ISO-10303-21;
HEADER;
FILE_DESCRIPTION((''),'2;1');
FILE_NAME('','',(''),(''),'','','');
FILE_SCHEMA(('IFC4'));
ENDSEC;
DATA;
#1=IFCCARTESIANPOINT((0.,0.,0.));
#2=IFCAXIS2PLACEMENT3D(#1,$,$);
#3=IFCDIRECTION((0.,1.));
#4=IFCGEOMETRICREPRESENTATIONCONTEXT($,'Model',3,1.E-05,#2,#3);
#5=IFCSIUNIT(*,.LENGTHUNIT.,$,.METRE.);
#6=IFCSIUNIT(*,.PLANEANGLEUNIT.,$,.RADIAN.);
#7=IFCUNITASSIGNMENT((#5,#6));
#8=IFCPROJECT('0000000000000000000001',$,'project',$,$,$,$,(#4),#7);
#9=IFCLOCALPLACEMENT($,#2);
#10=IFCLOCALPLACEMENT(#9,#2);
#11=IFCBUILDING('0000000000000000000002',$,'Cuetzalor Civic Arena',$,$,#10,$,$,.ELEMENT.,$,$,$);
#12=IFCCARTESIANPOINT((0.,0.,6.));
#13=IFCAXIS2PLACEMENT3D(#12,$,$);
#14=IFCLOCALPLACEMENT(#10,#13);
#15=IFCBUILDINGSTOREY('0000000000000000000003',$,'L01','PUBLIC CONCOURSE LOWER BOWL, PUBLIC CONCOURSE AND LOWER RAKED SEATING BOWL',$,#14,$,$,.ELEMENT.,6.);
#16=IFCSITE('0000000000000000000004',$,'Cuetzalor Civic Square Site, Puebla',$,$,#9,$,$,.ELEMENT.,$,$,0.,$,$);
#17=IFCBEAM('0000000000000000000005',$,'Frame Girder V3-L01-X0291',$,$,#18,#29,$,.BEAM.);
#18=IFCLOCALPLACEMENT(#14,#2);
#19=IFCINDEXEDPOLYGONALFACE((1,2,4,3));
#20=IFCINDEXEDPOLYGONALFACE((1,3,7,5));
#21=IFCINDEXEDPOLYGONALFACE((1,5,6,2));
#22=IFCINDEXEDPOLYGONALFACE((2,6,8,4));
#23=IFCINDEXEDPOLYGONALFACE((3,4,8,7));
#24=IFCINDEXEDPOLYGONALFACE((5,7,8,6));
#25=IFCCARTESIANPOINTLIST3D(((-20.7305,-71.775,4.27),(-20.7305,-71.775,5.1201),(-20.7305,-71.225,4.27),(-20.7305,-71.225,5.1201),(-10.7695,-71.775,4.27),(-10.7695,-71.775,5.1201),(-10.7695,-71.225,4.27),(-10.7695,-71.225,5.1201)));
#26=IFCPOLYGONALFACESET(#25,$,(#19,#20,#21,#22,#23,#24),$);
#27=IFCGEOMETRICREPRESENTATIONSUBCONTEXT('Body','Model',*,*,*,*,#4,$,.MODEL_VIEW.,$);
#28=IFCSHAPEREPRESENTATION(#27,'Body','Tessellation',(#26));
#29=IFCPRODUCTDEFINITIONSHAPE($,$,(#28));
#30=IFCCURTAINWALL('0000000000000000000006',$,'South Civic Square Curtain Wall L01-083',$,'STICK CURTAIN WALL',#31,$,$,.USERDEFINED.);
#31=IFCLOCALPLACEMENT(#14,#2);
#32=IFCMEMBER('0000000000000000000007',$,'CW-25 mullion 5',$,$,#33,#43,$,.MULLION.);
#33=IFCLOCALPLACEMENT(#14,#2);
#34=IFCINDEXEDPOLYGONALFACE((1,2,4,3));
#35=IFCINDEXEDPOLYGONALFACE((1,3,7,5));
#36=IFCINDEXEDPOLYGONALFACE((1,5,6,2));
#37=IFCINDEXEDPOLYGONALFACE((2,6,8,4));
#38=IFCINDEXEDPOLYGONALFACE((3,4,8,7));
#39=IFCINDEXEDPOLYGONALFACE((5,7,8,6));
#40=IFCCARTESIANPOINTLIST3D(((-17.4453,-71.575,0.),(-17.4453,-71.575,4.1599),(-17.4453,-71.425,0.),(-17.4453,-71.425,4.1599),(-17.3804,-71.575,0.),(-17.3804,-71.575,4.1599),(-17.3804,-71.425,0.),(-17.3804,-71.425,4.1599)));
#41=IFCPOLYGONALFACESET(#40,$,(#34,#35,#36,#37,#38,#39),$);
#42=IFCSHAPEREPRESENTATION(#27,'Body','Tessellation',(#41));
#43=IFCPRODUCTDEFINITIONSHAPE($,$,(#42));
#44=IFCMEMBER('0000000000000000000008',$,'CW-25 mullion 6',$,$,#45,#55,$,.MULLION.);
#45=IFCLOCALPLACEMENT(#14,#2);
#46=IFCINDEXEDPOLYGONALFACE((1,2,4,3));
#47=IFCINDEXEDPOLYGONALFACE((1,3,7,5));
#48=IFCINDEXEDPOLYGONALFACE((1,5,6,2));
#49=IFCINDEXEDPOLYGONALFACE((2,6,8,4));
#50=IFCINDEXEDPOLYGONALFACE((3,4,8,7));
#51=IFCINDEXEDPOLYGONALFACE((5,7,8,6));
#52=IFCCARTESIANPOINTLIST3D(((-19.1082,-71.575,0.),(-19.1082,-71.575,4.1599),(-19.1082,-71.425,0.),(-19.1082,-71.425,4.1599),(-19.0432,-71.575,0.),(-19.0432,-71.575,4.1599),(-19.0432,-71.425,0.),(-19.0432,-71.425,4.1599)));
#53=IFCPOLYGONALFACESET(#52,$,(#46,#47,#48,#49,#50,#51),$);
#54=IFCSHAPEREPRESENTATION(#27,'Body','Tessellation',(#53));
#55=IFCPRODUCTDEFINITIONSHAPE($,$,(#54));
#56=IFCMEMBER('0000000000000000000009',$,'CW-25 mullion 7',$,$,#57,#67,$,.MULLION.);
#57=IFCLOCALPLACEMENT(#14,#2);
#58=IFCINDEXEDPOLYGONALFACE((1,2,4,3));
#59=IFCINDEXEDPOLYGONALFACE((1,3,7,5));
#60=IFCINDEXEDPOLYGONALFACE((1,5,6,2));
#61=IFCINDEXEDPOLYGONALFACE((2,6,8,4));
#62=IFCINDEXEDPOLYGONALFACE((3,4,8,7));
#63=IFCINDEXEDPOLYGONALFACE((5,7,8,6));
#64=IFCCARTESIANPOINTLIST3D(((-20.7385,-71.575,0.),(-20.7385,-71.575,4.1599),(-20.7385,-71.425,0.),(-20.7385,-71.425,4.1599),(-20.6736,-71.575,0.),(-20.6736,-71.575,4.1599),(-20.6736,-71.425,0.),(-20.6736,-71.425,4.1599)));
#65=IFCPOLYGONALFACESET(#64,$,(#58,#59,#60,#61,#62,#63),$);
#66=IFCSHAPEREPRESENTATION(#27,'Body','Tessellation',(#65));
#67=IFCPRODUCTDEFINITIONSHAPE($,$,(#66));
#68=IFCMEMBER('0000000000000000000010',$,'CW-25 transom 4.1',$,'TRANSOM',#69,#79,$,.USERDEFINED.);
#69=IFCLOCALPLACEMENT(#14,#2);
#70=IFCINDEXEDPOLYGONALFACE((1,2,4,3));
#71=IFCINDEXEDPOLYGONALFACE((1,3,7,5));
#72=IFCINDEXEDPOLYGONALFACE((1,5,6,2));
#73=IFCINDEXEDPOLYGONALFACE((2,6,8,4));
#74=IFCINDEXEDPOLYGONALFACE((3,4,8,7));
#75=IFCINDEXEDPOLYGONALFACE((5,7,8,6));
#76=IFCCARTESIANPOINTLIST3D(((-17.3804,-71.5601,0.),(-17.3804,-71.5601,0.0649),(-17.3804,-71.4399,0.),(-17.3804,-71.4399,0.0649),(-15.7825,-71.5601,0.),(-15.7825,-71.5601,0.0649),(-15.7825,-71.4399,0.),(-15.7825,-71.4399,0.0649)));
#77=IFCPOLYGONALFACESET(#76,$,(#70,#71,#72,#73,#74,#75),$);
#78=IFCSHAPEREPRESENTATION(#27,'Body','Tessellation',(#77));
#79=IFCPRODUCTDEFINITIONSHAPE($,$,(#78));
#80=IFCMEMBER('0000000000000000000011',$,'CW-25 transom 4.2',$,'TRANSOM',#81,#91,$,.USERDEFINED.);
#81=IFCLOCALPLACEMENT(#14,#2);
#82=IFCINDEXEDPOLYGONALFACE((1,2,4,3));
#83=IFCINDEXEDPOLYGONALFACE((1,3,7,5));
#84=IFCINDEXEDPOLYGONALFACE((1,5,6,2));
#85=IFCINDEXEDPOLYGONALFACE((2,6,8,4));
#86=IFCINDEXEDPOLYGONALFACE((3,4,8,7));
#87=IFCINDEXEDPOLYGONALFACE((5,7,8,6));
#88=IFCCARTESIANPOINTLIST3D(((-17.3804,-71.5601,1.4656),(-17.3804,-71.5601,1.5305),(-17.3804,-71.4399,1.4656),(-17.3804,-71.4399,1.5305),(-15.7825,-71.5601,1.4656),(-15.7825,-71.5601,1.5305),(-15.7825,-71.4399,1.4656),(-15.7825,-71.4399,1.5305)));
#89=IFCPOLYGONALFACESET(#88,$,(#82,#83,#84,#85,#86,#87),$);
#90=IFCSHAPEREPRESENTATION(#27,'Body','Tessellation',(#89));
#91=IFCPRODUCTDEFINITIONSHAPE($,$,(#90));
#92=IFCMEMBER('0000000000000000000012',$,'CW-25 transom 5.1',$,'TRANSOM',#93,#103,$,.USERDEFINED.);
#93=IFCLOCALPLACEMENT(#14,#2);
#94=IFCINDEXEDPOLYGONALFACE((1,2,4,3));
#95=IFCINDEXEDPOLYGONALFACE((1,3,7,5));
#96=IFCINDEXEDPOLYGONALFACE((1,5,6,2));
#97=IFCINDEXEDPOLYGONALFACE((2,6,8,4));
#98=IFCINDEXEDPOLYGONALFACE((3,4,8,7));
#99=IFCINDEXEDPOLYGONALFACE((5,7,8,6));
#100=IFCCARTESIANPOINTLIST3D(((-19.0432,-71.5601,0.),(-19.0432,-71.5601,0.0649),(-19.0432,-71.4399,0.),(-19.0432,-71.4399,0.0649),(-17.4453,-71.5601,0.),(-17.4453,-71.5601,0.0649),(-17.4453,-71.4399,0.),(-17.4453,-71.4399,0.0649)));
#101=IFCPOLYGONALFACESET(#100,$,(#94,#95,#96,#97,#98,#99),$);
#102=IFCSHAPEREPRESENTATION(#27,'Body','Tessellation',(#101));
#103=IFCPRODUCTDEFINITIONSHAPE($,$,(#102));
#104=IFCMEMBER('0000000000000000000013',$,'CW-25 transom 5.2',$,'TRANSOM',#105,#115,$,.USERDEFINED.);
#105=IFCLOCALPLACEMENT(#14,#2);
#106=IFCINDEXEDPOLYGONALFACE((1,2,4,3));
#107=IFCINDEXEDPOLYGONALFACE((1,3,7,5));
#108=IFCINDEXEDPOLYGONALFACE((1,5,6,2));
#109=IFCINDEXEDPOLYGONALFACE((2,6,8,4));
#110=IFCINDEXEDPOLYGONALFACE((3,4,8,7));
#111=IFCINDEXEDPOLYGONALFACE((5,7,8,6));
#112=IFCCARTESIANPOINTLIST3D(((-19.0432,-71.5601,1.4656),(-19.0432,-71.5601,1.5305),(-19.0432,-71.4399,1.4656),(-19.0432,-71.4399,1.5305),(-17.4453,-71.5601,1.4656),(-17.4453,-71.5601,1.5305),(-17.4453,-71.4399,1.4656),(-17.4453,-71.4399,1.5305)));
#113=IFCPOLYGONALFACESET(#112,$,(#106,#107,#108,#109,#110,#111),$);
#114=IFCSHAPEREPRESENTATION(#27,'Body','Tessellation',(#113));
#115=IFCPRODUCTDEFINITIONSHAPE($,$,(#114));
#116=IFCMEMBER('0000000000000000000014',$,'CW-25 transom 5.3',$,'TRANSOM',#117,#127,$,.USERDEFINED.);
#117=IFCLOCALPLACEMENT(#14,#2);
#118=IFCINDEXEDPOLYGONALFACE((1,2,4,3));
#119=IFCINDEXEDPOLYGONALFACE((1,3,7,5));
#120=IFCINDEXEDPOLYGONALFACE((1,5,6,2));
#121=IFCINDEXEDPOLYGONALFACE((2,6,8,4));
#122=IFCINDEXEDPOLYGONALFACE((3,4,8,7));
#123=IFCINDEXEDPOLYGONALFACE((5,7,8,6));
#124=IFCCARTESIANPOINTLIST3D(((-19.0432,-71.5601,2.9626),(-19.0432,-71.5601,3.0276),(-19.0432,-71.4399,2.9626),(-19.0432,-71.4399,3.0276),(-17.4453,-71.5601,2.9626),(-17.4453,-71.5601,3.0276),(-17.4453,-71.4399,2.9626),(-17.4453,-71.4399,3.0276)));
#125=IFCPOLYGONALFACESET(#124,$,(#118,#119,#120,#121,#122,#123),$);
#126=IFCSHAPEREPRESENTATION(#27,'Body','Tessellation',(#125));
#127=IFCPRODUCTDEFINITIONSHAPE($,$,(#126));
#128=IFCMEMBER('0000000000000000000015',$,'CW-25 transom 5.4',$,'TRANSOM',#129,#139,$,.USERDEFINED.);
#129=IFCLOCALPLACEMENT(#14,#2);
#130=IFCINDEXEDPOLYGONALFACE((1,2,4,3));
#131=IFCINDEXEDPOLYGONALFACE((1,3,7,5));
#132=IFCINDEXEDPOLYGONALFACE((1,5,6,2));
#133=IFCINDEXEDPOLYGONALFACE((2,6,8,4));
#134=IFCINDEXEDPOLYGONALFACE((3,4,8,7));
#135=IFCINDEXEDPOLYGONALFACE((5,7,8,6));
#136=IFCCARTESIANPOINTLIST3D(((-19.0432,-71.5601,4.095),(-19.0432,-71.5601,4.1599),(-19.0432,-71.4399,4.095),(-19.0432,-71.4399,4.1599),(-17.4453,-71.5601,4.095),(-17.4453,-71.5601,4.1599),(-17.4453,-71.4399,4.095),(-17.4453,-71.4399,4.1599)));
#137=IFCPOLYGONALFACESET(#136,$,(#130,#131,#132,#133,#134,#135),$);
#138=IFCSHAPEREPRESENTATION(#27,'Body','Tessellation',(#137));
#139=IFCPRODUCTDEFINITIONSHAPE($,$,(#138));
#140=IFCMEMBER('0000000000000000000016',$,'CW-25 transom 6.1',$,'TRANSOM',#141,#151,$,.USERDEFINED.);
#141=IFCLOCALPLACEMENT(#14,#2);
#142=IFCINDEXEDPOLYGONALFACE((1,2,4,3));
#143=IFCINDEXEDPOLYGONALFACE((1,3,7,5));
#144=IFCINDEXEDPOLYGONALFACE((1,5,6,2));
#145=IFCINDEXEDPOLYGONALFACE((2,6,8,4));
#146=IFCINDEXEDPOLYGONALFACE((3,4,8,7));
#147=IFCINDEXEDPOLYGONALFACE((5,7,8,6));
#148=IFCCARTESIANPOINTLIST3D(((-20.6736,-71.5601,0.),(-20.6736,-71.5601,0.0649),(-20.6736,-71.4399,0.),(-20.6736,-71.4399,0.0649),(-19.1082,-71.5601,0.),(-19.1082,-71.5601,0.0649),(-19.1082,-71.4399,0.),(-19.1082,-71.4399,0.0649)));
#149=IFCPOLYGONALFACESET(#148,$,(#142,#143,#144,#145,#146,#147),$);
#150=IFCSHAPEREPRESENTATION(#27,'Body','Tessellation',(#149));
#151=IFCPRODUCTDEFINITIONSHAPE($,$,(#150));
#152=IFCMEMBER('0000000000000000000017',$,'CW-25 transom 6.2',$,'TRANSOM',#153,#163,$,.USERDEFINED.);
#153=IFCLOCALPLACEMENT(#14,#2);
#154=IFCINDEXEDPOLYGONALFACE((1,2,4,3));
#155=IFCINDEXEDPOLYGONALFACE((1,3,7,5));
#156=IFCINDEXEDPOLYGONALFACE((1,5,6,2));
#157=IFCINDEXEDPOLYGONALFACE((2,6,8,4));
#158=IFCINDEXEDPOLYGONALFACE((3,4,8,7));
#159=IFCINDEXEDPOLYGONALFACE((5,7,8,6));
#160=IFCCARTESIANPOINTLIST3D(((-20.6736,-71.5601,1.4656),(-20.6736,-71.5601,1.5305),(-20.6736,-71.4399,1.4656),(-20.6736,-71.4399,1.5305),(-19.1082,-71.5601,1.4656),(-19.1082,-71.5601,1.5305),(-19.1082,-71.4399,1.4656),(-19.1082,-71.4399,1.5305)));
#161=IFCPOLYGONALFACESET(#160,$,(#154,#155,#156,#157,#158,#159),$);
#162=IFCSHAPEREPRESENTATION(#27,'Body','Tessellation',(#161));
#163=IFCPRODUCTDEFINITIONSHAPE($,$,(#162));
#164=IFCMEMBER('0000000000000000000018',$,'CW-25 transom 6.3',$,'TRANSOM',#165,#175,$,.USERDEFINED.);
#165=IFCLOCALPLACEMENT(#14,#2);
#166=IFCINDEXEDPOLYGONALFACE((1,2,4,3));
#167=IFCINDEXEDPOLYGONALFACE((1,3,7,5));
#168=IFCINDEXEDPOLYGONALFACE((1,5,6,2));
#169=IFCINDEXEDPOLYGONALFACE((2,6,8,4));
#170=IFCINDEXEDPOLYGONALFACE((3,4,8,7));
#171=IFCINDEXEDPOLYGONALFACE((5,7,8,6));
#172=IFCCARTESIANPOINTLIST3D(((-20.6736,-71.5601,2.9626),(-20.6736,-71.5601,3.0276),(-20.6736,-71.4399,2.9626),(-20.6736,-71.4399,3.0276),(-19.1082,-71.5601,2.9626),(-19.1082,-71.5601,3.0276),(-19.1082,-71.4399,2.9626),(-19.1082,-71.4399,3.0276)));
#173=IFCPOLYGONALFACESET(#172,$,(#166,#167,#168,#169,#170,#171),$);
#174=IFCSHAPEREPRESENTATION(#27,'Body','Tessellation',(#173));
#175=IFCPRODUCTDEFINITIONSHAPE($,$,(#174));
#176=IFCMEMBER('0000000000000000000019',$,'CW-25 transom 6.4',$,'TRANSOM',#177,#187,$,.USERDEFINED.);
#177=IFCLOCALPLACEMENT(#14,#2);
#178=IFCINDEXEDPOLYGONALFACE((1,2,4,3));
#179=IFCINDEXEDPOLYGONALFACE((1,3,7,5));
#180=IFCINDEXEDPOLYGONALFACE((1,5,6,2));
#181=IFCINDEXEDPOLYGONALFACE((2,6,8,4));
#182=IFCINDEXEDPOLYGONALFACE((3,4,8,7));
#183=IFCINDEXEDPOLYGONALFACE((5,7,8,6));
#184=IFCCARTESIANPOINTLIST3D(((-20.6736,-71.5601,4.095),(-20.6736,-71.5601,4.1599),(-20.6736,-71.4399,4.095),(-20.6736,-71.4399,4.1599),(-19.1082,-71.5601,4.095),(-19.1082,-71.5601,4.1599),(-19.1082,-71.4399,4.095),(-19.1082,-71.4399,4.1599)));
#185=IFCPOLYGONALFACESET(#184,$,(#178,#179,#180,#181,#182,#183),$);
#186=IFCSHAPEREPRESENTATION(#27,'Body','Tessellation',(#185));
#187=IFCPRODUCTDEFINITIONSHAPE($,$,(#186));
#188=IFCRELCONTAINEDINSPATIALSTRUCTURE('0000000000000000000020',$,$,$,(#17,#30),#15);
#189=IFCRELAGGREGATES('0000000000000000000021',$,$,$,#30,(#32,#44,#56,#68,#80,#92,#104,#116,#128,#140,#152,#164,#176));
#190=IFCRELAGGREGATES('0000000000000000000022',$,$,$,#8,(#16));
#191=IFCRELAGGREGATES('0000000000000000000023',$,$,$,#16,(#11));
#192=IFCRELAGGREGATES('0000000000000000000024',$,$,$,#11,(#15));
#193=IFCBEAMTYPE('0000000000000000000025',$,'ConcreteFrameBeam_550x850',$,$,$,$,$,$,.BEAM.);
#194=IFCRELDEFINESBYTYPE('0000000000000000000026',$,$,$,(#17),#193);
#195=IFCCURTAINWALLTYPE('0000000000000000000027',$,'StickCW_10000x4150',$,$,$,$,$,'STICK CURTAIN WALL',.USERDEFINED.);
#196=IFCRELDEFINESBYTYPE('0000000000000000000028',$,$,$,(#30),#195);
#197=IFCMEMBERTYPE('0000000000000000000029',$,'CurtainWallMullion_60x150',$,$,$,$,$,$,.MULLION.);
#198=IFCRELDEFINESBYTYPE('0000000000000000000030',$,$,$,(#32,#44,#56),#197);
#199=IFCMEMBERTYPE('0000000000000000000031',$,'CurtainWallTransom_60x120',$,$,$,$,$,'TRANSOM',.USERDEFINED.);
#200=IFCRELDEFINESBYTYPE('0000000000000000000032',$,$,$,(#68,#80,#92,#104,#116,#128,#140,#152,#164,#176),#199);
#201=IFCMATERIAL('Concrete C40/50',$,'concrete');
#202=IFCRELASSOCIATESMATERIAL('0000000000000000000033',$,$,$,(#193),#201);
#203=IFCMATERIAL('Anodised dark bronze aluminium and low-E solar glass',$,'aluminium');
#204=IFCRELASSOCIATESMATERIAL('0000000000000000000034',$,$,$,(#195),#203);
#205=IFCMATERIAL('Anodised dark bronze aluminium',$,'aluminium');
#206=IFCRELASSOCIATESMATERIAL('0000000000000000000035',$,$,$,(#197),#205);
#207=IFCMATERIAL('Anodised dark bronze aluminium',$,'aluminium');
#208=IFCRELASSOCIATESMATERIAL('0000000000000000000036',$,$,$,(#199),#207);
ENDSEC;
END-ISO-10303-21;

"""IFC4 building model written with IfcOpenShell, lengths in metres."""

from ifc_helpers import new_model, si_unit, direction, frame, origin, origin_2d, place, context, subcontext, project, spatial, rectangle, extrude, material, material_profile, profile_set, type_object, element, aggregate, save


model = new_model("IFC4")

# Units and contexts
model_context = context("Model", 3, precision=1e-05, world=origin(), true_north=direction((0.0, 1.0)))
body_context = subcontext(model_context, "Body", "Model", "MODEL_VIEW")
ifc_project = project(units=[si_unit("LENGTHUNIT", "METRE"), si_unit("PLANEANGLEUNIT", "RADIAN")], contexts=[model_context])

# Site, building, storey
site_placement = place(None, origin())
site = spatial("IfcSite", under=ifc_project, at=site_placement, Name="Cuetzalor Civic Square Site, Puebla", CompositionType="ELEMENT", RefElevation=0.0)
building_placement = place(site_placement, origin())
building = spatial("IfcBuilding", under=site, at=building_placement, Name="Cuetzalor Civic Arena", CompositionType="ELEMENT")
storey_placement = place(building_placement, frame((0.0, 0.0, 6.0)))
storey = spatial("IfcBuildingStorey", under=building, at=storey_placement, Name="L01", Description="PUBLIC CONCOURSE LOWER BOWL, PUBLIC CONCOURSE AND LOWER RAKED SEATING BOWL", CompositionType="ELEMENT", Elevation=6.0)

# Beam
ifc_material_1 = material(Name="Concrete C40/50", Category="concrete")
ifc_material_profile_1 = material_profile(ifc_material_1, rectangle(XDim=0.55, YDim=0.8501, at=origin_2d()), Name="RC 550x850")
ifc_profile_set_1 = profile_set([ifc_material_profile_1], Name="Concrete C40/50")
beam_type = type_object("IfcBeamType", Name="ConcreteFrameBeam_550x850", PredefinedType="BEAM", material=ifc_profile_set_1)
beam_placement = place(storey_placement, frame((-20.7305, -71.5, 4.6951), z_axis=(1.0, 0.0, 0.0), x_axis=(0.0, 1.0, 0.0)))
element("IfcBeam", 1, at=beam_placement, inside=storey, type_object=beam_type, Name="Frame Girder V3-L01-X0291", PredefinedType="BEAM", context=body_context, shape_type="SweptSolid", body=[
    extrude(rectangle(XDim=0.55, YDim=0.8501, at=origin_2d()), origin(), (0.0, 0.0, 1.0), 9.9609),
])

# Curtain wall, members
ifc_material_2 = material(Name="Anodised dark bronze aluminium and low-E solar glass", Category="aluminium")
curtain_wall_type = type_object("IfcCurtainWallType", Name="StickCW_10000x4150", ElementType="STICK CURTAIN WALL", PredefinedType="USERDEFINED", material=ifc_material_2)
curtain_wall_placement = place(storey_placement, origin())
curtain_wall = element("IfcCurtainWall", 2, at=curtain_wall_placement, inside=storey, type_object=curtain_wall_type, Name="South Civic Square Curtain Wall L01-083", ObjectType="STICK CURTAIN WALL", PredefinedType="USERDEFINED")
ifc_material_3 = material(Name="Anodised dark bronze aluminium", Category="aluminium")
ifc_material_profile_2 = material_profile(ifc_material_3, rectangle(XDim=0.0649, YDim=0.1499, at=origin_2d()), Name="ALU MULLION 65x150")
ifc_profile_set_2 = profile_set([ifc_material_profile_2], Name="Anodised dark bronze aluminium")
member_type_1 = type_object("IfcMemberType", Name="CurtainWallMullion_60x150", PredefinedType="MULLION", material=ifc_profile_set_2)
member_1_placement = place(storey_placement, frame((-17.4128, -71.5, 0.0), z_axis=(0.0, 0.0, 1.0), x_axis=(-1.0, 0.0, 0.0)))
member_1 = element("IfcMember", 3, at=member_1_placement, type_object=member_type_1, Name="CW-25 mullion 5", PredefinedType="MULLION", context=body_context, shape_type="SweptSolid", body=[
    extrude(rectangle(XDim=0.0649, YDim=0.1499, at=origin_2d()), origin(), (0.0, 0.0, 1.0), 4.1599),
])
member_2_placement = place(storey_placement, frame((-19.0757, -71.5, 0.0), z_axis=(0.0, 0.0, 1.0), x_axis=(-1.0, 0.0, 0.0)))
member_2 = element("IfcMember", 4, at=member_2_placement, type_object=member_type_1, Name="CW-25 mullion 6", PredefinedType="MULLION", context=body_context, shape_type="SweptSolid", body=[
    extrude(rectangle(XDim=0.0649, YDim=0.1499, at=origin_2d()), origin(), (0.0, 0.0, 1.0), 4.1599),
])
member_3_placement = place(storey_placement, frame((-20.7061, -71.5, 0.0), z_axis=(0.0, 0.0, 1.0), x_axis=(-1.0, 0.0, 0.0)))
member_3 = element("IfcMember", 5, at=member_3_placement, type_object=member_type_1, Name="CW-25 mullion 7", PredefinedType="MULLION", context=body_context, shape_type="SweptSolid", body=[
    extrude(rectangle(XDim=0.0649, YDim=0.1499, at=origin_2d()), origin(), (0.0, 0.0, 1.0), 4.1599),
])
ifc_material_4 = material(Name="Anodised dark bronze aluminium", Category="aluminium")
ifc_material_profile_3 = material_profile(ifc_material_4, rectangle(XDim=0.1201, YDim=0.0649, at=origin_2d()), Name="ALU TRANSOM 65x120")
ifc_profile_set_3 = profile_set([ifc_material_profile_3], Name="Anodised dark bronze aluminium")
member_type_2 = type_object("IfcMemberType", Name="CurtainWallTransom_60x120", ElementType="TRANSOM", PredefinedType="USERDEFINED", material=ifc_profile_set_3)
member_4_placement = place(storey_placement, frame((-15.7825, -71.5, 0.0325), z_axis=(-1.0, 0.0, 0.0), x_axis=(0.0, -1.0, 0.0)))
member_4 = element("IfcMember", 6, at=member_4_placement, type_object=member_type_2, Name="CW-25 transom 4.1", ObjectType="TRANSOM", PredefinedType="USERDEFINED", context=body_context, shape_type="SweptSolid", body=[
    extrude(rectangle(XDim=0.1201, YDim=0.0649, at=origin_2d()), origin(), (0.0, 0.0, 1.0), 1.5979),
])
member_5_placement = place(storey_placement, frame((-15.7825, -71.5, 1.498), z_axis=(-1.0, 0.0, 0.0), x_axis=(0.0, -1.0, 0.0)))
member_5 = element("IfcMember", 7, at=member_5_placement, type_object=member_type_2, Name="CW-25 transom 4.2", ObjectType="TRANSOM", PredefinedType="USERDEFINED", context=body_context, shape_type="SweptSolid", body=[
    extrude(rectangle(XDim=0.1201, YDim=0.0649, at=origin_2d()), origin(), (0.0, 0.0, 1.0), 1.5979),
])
member_6_placement = place(storey_placement, frame((-17.4453, -71.5, 0.0325), z_axis=(-1.0, 0.0, 0.0), x_axis=(0.0, -1.0, 0.0)))
member_6 = element("IfcMember", 8, at=member_6_placement, type_object=member_type_2, Name="CW-25 transom 5.1", ObjectType="TRANSOM", PredefinedType="USERDEFINED", context=body_context, shape_type="SweptSolid", body=[
    extrude(rectangle(XDim=0.1201, YDim=0.0649, at=origin_2d()), origin(), (0.0, 0.0, 1.0), 1.5979),
])
member_7_placement = place(storey_placement, frame((-17.4453, -71.5, 1.498), z_axis=(-1.0, 0.0, 0.0), x_axis=(0.0, -1.0, 0.0)))
member_7 = element("IfcMember", 9, at=member_7_placement, type_object=member_type_2, Name="CW-25 transom 5.2", ObjectType="TRANSOM", PredefinedType="USERDEFINED", context=body_context, shape_type="SweptSolid", body=[
    extrude(rectangle(XDim=0.1201, YDim=0.0649, at=origin_2d()), origin(), (0.0, 0.0, 1.0), 1.5979),
])
member_8_placement = place(storey_placement, frame((-17.4453, -71.5, 2.9951), z_axis=(-1.0, 0.0, 0.0), x_axis=(0.0, -1.0, 0.0)))
member_8 = element("IfcMember", 10, at=member_8_placement, type_object=member_type_2, Name="CW-25 transom 5.3", ObjectType="TRANSOM", PredefinedType="USERDEFINED", context=body_context, shape_type="SweptSolid", body=[
    extrude(rectangle(XDim=0.1201, YDim=0.0649, at=origin_2d()), origin(), (0.0, 0.0, 1.0), 1.5979),
])
member_9_placement = place(storey_placement, frame((-17.4453, -71.5, 4.1274), z_axis=(-1.0, 0.0, 0.0), x_axis=(0.0, -1.0, 0.0)))
member_9 = element("IfcMember", 11, at=member_9_placement, type_object=member_type_2, Name="CW-25 transom 5.4", ObjectType="TRANSOM", PredefinedType="USERDEFINED", context=body_context, shape_type="SweptSolid", body=[
    extrude(rectangle(XDim=0.1201, YDim=0.0649, at=origin_2d()), origin(), (0.0, 0.0, 1.0), 1.5979),
])
member_10_placement = place(storey_placement, frame((-19.1082, -71.5, 0.0325), z_axis=(-1.0, 0.0, 0.0), x_axis=(0.0, -1.0, 0.0)))
member_10 = element("IfcMember", 12, at=member_10_placement, type_object=member_type_2, Name="CW-25 transom 6.1", ObjectType="TRANSOM", PredefinedType="USERDEFINED", context=body_context, shape_type="SweptSolid", body=[
    extrude(rectangle(XDim=0.1201, YDim=0.0649, at=origin_2d()), origin(), (0.0, 0.0, 1.0), 1.5654),
])
member_11_placement = place(storey_placement, frame((-19.1082, -71.5, 1.498), z_axis=(-1.0, 0.0, 0.0), x_axis=(0.0, -1.0, 0.0)))
member_11 = element("IfcMember", 13, at=member_11_placement, type_object=member_type_2, Name="CW-25 transom 6.2", ObjectType="TRANSOM", PredefinedType="USERDEFINED", context=body_context, shape_type="SweptSolid", body=[
    extrude(rectangle(XDim=0.1201, YDim=0.0649, at=origin_2d()), origin(), (0.0, 0.0, 1.0), 1.5654),
])
member_12_placement = place(storey_placement, frame((-19.1082, -71.5, 2.9951), z_axis=(-1.0, 0.0, 0.0), x_axis=(0.0, -1.0, 0.0)))
member_12 = element("IfcMember", 14, at=member_12_placement, type_object=member_type_2, Name="CW-25 transom 6.3", ObjectType="TRANSOM", PredefinedType="USERDEFINED", context=body_context, shape_type="SweptSolid", body=[
    extrude(rectangle(XDim=0.1201, YDim=0.0649, at=origin_2d()), origin(), (0.0, 0.0, 1.0), 1.5654),
])
member_13_placement = place(storey_placement, frame((-19.1082, -71.5, 4.1274), z_axis=(-1.0, 0.0, 0.0), x_axis=(0.0, -1.0, 0.0)))
member_13 = element("IfcMember", 15, at=member_13_placement, type_object=member_type_2, Name="CW-25 transom 6.4", ObjectType="TRANSOM", PredefinedType="USERDEFINED", context=body_context, shape_type="SweptSolid", body=[
    extrude(rectangle(XDim=0.1201, YDim=0.0649, at=origin_2d()), origin(), (0.0, 0.0, 1.0), 1.5654),
])
aggregate(curtain_wall, [member_1, member_2, member_3, member_4, member_5, member_6, member_7, member_8, member_9, member_10, member_11, member_12, member_13])

save(model, "model.ifc")
